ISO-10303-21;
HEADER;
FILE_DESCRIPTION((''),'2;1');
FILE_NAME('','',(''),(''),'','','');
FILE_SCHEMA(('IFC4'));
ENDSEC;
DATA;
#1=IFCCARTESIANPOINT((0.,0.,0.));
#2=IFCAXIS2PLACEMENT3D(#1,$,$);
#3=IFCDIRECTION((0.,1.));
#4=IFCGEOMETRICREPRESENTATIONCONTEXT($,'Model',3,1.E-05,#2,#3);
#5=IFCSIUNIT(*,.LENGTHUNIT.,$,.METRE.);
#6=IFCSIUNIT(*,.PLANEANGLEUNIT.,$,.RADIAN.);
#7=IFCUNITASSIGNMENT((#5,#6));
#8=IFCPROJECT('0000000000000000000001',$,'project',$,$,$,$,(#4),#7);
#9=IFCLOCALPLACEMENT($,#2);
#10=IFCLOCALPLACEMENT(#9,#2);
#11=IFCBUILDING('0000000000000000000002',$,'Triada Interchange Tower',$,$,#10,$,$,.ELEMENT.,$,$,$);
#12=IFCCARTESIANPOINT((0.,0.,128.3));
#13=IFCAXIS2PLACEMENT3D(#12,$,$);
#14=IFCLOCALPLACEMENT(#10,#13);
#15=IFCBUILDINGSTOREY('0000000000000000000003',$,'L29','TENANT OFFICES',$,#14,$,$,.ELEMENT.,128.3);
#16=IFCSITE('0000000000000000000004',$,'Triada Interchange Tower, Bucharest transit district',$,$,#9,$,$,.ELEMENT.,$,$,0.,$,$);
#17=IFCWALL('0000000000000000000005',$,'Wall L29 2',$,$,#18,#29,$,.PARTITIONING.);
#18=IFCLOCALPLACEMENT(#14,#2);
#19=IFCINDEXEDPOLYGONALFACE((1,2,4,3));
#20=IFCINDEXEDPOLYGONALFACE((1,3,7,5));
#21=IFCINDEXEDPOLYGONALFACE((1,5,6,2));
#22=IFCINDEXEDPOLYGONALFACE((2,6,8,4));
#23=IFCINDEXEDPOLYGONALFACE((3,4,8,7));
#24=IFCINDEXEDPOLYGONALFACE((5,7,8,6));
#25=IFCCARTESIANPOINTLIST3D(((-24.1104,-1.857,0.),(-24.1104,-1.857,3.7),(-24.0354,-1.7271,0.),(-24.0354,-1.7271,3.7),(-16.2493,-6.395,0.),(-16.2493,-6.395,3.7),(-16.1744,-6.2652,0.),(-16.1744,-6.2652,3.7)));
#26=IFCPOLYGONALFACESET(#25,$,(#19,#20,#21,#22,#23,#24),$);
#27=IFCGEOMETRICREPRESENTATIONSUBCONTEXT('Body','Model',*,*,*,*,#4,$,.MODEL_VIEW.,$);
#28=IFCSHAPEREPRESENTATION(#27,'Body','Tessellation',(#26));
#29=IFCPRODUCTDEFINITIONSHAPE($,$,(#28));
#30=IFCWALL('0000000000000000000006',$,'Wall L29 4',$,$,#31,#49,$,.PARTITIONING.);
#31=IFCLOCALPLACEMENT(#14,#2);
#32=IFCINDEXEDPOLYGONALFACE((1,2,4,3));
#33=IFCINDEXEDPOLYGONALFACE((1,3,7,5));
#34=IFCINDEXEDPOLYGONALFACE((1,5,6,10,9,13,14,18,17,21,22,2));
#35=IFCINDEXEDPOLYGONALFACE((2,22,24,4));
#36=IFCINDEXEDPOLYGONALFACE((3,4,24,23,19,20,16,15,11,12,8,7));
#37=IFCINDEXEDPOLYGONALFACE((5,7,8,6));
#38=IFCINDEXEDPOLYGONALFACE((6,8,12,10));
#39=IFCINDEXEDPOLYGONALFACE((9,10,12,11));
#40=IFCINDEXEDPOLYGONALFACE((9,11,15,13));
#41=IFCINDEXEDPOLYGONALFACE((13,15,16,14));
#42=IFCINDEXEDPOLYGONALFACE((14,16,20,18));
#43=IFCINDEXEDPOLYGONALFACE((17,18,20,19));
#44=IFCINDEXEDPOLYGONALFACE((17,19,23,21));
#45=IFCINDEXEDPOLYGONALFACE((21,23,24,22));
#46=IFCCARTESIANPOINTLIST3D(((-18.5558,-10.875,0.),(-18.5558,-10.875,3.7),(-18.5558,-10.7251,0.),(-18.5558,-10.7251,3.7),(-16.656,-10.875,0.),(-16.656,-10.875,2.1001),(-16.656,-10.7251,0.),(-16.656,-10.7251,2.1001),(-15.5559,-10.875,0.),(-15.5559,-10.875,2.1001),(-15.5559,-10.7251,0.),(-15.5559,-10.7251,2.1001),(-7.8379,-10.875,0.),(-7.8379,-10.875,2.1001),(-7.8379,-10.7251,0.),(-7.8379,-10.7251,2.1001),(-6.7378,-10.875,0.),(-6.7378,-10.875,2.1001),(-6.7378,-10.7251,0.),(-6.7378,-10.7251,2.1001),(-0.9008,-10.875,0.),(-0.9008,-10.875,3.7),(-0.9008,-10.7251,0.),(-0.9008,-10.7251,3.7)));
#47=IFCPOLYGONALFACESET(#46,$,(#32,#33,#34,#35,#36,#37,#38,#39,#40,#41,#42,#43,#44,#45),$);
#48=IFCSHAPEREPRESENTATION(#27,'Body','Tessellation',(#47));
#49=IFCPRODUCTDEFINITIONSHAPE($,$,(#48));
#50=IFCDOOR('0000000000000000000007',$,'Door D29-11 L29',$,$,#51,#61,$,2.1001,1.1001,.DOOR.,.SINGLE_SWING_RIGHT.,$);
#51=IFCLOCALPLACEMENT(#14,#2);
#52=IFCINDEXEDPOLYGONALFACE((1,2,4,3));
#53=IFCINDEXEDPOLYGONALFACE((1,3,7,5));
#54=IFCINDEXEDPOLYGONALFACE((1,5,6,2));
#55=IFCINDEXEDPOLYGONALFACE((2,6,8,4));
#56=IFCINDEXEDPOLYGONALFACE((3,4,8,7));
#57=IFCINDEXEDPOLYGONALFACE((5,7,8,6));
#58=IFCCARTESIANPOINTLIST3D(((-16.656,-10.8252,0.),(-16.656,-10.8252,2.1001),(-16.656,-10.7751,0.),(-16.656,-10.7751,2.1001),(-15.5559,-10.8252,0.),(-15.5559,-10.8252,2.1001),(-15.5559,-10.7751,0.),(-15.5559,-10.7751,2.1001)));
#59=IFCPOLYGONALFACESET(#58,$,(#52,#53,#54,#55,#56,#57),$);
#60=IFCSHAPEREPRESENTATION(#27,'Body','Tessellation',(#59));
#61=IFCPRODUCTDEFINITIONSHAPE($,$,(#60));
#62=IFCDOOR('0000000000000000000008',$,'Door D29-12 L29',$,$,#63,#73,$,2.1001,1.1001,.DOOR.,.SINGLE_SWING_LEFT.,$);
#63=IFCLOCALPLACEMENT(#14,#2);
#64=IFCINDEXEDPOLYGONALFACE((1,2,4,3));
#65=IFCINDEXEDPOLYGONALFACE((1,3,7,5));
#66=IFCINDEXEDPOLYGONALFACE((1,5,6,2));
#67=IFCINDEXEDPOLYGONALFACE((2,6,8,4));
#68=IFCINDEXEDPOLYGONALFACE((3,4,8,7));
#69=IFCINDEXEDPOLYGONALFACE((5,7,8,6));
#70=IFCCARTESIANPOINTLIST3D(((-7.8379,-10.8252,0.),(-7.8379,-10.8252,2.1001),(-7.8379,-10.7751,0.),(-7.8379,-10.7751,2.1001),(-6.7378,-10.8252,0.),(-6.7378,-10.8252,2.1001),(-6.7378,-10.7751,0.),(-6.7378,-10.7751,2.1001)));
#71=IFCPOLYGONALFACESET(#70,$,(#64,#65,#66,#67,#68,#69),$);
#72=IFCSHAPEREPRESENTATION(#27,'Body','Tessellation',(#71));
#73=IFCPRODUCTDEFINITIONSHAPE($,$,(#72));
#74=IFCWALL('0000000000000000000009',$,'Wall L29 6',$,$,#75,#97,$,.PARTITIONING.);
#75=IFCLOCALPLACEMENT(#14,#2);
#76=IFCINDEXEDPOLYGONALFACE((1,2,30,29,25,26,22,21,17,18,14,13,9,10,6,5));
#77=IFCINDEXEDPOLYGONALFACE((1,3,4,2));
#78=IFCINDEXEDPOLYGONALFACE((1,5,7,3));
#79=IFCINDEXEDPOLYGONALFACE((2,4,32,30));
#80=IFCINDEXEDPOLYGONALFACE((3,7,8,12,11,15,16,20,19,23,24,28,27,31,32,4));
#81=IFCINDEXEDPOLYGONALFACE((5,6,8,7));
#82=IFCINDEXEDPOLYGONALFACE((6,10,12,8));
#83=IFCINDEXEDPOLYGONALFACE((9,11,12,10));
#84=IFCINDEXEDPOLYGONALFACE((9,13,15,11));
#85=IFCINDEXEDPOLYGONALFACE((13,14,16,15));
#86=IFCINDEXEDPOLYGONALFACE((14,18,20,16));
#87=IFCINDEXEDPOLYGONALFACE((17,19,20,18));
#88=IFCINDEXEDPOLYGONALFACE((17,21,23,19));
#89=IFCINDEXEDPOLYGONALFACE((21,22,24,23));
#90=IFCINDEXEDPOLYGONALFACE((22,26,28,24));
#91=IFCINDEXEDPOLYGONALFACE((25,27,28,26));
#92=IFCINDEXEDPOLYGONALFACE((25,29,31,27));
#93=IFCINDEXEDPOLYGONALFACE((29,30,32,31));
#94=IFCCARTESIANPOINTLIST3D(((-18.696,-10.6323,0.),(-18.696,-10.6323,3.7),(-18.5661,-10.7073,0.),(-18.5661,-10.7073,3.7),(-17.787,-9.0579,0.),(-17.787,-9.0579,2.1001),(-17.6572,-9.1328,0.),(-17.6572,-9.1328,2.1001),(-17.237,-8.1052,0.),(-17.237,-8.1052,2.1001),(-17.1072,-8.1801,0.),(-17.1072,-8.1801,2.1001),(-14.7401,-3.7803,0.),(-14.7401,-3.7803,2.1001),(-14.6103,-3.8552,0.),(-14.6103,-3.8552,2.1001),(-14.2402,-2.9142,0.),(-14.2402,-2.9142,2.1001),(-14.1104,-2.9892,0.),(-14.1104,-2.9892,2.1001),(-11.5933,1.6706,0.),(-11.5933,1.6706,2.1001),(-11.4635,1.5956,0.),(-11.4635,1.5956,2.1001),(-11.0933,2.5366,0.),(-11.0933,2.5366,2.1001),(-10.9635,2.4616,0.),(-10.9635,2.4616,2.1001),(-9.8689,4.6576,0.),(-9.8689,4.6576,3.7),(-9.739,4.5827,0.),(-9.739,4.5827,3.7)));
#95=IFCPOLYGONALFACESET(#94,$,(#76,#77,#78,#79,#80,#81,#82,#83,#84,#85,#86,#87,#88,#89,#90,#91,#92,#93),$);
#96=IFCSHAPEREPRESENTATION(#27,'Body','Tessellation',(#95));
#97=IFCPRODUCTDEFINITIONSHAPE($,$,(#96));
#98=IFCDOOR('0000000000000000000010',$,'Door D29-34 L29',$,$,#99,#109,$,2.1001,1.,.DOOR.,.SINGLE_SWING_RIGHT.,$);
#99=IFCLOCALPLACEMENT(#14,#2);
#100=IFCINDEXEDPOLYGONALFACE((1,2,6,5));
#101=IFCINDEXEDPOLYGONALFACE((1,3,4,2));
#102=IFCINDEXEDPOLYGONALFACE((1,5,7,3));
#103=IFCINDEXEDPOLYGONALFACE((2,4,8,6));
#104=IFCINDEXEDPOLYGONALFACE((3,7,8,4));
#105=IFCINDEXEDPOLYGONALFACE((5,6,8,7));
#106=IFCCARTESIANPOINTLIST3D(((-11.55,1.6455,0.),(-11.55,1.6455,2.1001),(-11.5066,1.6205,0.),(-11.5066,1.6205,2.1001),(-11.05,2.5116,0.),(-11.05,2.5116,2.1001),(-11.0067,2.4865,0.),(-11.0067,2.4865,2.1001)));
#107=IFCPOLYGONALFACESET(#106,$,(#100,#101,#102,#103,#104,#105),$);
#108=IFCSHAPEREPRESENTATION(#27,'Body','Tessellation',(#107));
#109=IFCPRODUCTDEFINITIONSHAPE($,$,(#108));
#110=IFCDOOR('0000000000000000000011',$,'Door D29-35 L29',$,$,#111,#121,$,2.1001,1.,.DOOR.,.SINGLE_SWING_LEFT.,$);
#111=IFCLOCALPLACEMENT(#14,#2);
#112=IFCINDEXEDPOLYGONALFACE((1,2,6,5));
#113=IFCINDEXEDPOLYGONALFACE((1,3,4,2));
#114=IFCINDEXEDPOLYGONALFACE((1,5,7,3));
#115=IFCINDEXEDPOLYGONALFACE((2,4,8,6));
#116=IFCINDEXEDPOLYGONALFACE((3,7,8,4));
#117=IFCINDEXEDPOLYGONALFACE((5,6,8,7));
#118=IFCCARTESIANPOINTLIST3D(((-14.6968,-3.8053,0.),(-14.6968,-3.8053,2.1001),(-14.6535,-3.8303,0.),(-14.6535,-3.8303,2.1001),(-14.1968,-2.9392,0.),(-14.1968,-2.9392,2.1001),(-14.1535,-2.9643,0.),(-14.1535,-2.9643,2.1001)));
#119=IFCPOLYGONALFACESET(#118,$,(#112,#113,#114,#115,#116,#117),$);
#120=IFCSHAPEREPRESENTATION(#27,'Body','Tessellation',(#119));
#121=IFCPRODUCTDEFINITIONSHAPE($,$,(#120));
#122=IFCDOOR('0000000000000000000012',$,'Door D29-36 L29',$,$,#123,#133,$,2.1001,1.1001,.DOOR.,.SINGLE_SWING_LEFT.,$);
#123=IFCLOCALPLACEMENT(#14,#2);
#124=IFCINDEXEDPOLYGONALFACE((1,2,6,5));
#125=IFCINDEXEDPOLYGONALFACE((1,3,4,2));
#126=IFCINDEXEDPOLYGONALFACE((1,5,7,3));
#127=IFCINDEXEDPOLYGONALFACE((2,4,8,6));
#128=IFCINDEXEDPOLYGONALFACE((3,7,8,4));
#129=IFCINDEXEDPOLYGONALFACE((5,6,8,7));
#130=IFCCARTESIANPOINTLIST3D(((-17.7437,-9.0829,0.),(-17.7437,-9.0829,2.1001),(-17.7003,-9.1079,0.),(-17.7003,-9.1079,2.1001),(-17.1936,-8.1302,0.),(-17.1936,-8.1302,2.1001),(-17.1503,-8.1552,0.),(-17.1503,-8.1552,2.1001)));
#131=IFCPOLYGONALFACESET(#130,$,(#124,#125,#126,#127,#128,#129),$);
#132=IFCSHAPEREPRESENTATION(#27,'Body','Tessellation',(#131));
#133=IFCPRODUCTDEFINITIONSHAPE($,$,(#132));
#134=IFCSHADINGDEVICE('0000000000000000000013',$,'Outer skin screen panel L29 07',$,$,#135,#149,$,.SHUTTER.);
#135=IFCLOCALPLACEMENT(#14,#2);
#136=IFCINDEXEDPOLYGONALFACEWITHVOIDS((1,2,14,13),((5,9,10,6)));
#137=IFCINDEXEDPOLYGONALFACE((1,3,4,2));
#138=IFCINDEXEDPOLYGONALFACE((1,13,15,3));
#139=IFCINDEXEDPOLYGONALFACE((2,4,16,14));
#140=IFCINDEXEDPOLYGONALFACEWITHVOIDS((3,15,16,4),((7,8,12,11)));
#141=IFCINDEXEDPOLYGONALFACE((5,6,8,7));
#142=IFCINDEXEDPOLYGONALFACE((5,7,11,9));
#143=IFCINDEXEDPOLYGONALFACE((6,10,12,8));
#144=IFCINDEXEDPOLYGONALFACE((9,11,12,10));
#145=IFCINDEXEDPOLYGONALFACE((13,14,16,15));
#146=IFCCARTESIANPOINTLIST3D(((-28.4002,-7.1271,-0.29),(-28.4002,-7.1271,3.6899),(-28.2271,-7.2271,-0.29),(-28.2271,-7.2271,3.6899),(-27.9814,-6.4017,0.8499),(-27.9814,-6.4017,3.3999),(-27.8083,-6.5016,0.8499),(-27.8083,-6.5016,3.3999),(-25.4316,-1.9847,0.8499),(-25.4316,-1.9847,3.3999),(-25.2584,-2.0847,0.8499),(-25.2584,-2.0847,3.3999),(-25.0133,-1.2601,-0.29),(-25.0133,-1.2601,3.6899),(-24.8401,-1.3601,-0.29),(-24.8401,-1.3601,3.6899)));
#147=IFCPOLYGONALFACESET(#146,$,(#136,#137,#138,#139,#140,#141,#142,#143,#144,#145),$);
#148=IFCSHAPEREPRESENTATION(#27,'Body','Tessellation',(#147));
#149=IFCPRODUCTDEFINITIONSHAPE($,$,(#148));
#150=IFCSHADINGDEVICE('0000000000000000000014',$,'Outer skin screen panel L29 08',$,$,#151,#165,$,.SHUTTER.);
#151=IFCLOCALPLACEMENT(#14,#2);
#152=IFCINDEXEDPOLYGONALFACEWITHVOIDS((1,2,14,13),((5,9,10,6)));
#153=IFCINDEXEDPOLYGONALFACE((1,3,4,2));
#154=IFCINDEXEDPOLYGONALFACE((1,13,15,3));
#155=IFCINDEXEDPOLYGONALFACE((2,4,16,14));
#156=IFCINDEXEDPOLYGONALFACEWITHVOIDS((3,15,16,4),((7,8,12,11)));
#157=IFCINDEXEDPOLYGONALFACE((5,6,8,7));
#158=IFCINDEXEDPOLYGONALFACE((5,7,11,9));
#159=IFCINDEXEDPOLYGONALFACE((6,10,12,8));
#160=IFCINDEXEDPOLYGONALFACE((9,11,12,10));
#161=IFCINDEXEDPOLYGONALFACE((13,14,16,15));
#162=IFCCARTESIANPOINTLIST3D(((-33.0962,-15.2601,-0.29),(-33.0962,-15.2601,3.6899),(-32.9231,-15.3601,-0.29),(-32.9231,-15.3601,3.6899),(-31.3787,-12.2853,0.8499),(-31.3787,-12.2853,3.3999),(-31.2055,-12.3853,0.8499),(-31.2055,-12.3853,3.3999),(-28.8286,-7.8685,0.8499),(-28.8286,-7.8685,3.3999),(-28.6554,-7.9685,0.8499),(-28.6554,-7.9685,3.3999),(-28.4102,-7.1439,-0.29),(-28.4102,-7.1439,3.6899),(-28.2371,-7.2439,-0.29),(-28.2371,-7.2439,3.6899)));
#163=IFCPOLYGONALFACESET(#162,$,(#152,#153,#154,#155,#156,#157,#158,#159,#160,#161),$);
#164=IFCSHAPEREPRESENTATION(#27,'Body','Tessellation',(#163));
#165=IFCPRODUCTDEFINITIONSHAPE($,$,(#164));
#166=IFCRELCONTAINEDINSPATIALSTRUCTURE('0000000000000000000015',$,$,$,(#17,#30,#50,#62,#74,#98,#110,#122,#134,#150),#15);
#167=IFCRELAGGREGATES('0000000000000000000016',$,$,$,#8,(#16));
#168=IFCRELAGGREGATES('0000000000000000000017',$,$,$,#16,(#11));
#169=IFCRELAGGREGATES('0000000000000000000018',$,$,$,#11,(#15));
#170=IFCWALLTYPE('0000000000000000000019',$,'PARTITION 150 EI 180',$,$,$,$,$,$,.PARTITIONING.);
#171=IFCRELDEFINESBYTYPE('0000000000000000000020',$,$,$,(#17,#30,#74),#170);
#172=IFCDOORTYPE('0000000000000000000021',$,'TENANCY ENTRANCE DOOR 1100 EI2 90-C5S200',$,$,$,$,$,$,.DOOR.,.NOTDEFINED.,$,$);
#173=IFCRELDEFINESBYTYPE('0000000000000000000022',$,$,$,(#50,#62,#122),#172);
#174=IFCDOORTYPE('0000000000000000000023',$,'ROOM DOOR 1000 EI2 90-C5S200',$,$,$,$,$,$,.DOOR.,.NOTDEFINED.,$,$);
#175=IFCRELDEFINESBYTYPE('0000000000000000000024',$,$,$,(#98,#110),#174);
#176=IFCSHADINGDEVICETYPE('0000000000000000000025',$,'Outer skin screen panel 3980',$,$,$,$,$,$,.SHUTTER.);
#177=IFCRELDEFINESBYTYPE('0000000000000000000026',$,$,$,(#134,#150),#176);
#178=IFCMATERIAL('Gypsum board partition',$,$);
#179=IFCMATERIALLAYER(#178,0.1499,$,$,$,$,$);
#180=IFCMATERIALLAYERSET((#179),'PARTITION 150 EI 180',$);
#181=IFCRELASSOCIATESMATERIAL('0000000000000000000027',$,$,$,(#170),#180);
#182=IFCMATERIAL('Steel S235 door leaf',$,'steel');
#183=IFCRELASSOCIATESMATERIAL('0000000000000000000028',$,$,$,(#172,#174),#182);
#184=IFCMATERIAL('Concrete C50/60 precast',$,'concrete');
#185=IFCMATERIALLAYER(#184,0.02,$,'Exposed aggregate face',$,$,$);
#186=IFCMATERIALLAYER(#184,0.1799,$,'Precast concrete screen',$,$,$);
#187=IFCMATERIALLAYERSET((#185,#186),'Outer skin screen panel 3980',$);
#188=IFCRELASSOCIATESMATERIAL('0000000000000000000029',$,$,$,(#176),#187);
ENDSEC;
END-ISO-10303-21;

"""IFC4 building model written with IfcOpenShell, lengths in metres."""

from ifc_helpers import new_model, si_unit, direction, frame, frame_2d, origin, place, context, subcontext, project, spatial, polyline, rectangle, outline, extrude, material, layer, layer_set, type_object, element, fill, save


model = new_model("IFC4")

# Units and contexts
model_context = context("Model", 3, precision=1e-05, world=origin(), true_north=direction((0.0, 1.0)))
body_context = subcontext(model_context, "Body", "Model", "MODEL_VIEW")
ifc_project = project(units=[si_unit("LENGTHUNIT", "METRE"), si_unit("PLANEANGLEUNIT", "RADIAN")], contexts=[model_context])

# Site, building, storey
site_placement = place(None, origin())
site = spatial("IfcSite", under=ifc_project, at=site_placement, Name="Triada Interchange Tower, Bucharest transit district", CompositionType="ELEMENT", RefElevation=0.0)
building_placement = place(site_placement, origin())
building = spatial("IfcBuilding", under=site, at=building_placement, Name="Triada Interchange Tower", CompositionType="ELEMENT")
storey_placement = place(building_placement, frame((0.0, 0.0, 128.3)))
storey = spatial("IfcBuildingStorey", under=building, at=storey_placement, Name="L29", Description="TENANT OFFICES", CompositionType="ELEMENT", Elevation=128.3)

# Wall
ifc_material_1 = material(Name="Gypsum board partition")
ifc_layer_1 = layer(ifc_material_1, 0.1499)
ifc_layer_set_1 = layer_set([ifc_layer_1], Name="PARTITION 150 EI 180")
wall_type = type_object("IfcWallType", Name="PARTITION 150 EI 180", PredefinedType="PARTITIONING", material=ifc_layer_set_1)
wall_1_placement = place(storey_placement, frame((-24.073, -1.792, 0.0), z_axis=(0.0, 0.0, 1.0), x_axis=(0.86605, -0.499958, 0.0)))
element("IfcWall", 1, at=wall_1_placement, inside=storey, type_object=wall_type, Name="Wall L29 2", PredefinedType="PARTITIONING", context=body_context, shape_type="SweptSolid", body=[
    extrude(rectangle(XDim=9.0769, YDim=0.1499, at=frame_2d((4.5386, 0.0))), origin(), (0.0, 0.0, 1.0), 3.7),
])

# Walls, openings, doors
wall_2_placement = place(storey_placement, frame((-18.5559, -10.8, 0.0), z_axis=(0.0, 0.0, 1.0), x_axis=(1.0, 0.0, 0.0)))
wall_2 = element("IfcWall", 2, at=wall_2_placement, inside=storey, type_object=wall_type, Name="Wall L29 4", PredefinedType="PARTITIONING", context=body_context, shape_type="SweptSolid", body=[
    extrude(rectangle(XDim=17.655, YDim=0.1499, at=frame_2d((8.8276, 0.0))), origin(), (0.0, 0.0, 1.0), 3.7),
])
opening_1_placement = place(wall_2_placement, frame((1.8999, 0.0, 0.0)))
opening_1 = element("IfcOpeningElement", 3, at=opening_1_placement, cuts=wall_2, PredefinedType="OPENING", context=body_context, shape_type="SweptSolid", body=[
    extrude(rectangle(XDim=1.1001, YDim=2.1001, at=frame_2d((0.55, 1.05))), frame((0.0, 0.085, 0.0), z_axis=(0.0, -1.0, 0.0), x_axis=(1.0, 0.0, 0.0)), (0.0, 0.0, 1.0), 0.1699),
])
opening_2_placement = place(wall_2_placement, frame((10.718, 0.0, 0.0)))
opening_2 = element("IfcOpeningElement", 4, at=opening_2_placement, cuts=wall_2, PredefinedType="OPENING", context=body_context, shape_type="SweptSolid", body=[
    extrude(rectangle(XDim=1.1001, YDim=2.1001, at=frame_2d((0.55, 1.05))), frame((0.0, 0.085, 0.0), z_axis=(0.0, -1.0, 0.0), x_axis=(1.0, 0.0, 0.0)), (0.0, 0.0, 1.0), 0.1699),
])
ifc_material_2 = material(Name="Steel S235 door leaf", Category="steel")
door_type_1 = type_object("IfcDoorType", Name="TENANCY ENTRANCE DOOR 1100 EI2 90-C5S200", OperationType="NOTDEFINED", PredefinedType="DOOR", material=ifc_material_2)
door_1_placement = place(opening_1_placement, origin())
door_1 = element("IfcDoor", 5, at=door_1_placement, inside=storey, type_object=door_type_1, Name="Door D29-11 L29", OperationType="SINGLE_SWING_RIGHT", OverallHeight=2.1001, OverallWidth=1.1001, PredefinedType="DOOR", context=body_context, shape_type="SweptSolid", body=[
    extrude(rectangle(XDim=1.1001, YDim=2.1001, at=frame_2d((0.55, 1.05))), frame((0.0, 0.0249, 0.0), z_axis=(0.0, -1.0, 0.0), x_axis=(1.0, 0.0, 0.0)), (0.0, 0.0, 1.0), 0.05),
])
fill(opening_1, door_1)
door_2_placement = place(opening_2_placement, origin())
door_2 = element("IfcDoor", 6, at=door_2_placement, inside=storey, type_object=door_type_1, Name="Door D29-12 L29", OperationType="SINGLE_SWING_LEFT", OverallHeight=2.1001, OverallWidth=1.1001, PredefinedType="DOOR", context=body_context, shape_type="SweptSolid", body=[
    extrude(rectangle(XDim=1.1001, YDim=2.1001, at=frame_2d((0.55, 1.05))), frame((0.0, 0.0249, 0.0), z_axis=(0.0, -1.0, 0.0), x_axis=(1.0, 0.0, 0.0)), (0.0, 0.0, 1.0), 0.05),
])
fill(opening_2, door_2)
wall_3_placement = place(storey_placement, frame((-18.6311, -10.6699, 0.0), z_axis=(0.0, 0.0, 1.0), x_axis=(0.499976, 0.866039, 0.0)))
wall_3 = element("IfcWall", 7, at=wall_3_placement, inside=storey, type_object=wall_type, Name="Wall L29 6", PredefinedType="PARTITIONING", context=body_context, shape_type="SweptSolid", body=[
    extrude(rectangle(XDim=17.655, YDim=0.1499, at=frame_2d((8.8276, 0.0))), origin(), (0.0, 0.0, 1.0), 3.7),
])
opening_3_placement = place(wall_3_placement, frame((14.2061, 0.0, 0.0)))
opening_3 = element("IfcOpeningElement", 8, at=opening_3_placement, cuts=wall_3, PredefinedType="OPENING", context=body_context, shape_type="SweptSolid", body=[
    extrude(rectangle(XDim=1.0, YDim=2.1001, at=frame_2d((0.5, 1.05))), frame((0.0, 0.085, 0.0), z_axis=(0.0, -1.0, 0.0), x_axis=(1.0, 0.0, 0.0)), (0.0, 0.0, 1.0), 0.1699),
])
opening_4_placement = place(wall_3_placement, frame((7.9121, 0.0, 0.0)))
opening_4 = element("IfcOpeningElement", 9, at=opening_4_placement, cuts=wall_3, PredefinedType="OPENING", context=body_context, shape_type="SweptSolid", body=[
    extrude(rectangle(XDim=1.0, YDim=2.1001, at=frame_2d((0.5, 1.05))), frame((0.0, 0.085, 0.0), z_axis=(0.0, -1.0, 0.0), x_axis=(1.0, 0.0, 0.0)), (0.0, 0.0, 1.0), 0.1699),
])
opening_5_placement = place(wall_3_placement, frame((1.8181, 0.0, 0.0)))
opening_5 = element("IfcOpeningElement", 10, at=opening_5_placement, cuts=wall_3, PredefinedType="OPENING", context=body_context, shape_type="SweptSolid", body=[
    extrude(rectangle(XDim=1.1001, YDim=2.1001, at=frame_2d((0.55, 1.05))), frame((0.0, 0.085, 0.0), z_axis=(0.0, -1.0, 0.0), x_axis=(1.0, 0.0, 0.0)), (0.0, 0.0, 1.0), 0.1699),
])
door_type_2 = type_object("IfcDoorType", Name="ROOM DOOR 1000 EI2 90-C5S200", OperationType="NOTDEFINED", PredefinedType="DOOR", material=ifc_material_2)
door_3_placement = place(opening_3_placement, origin())
door_3 = element("IfcDoor", 11, at=door_3_placement, inside=storey, type_object=door_type_2, Name="Door D29-34 L29", OperationType="SINGLE_SWING_RIGHT", OverallHeight=2.1001, OverallWidth=1.0, PredefinedType="DOOR", context=body_context, shape_type="SweptSolid", body=[
    extrude(rectangle(XDim=1.0, YDim=2.1001, at=frame_2d((0.5, 1.05))), frame((0.0, 0.0249, 0.0), z_axis=(0.0, -1.0, 0.0), x_axis=(1.0, 0.0, 0.0)), (0.0, 0.0, 1.0), 0.05),
])
fill(opening_3, door_3)
door_4_placement = place(opening_4_placement, origin())
door_4 = element("IfcDoor", 12, at=door_4_placement, inside=storey, type_object=door_type_2, Name="Door D29-35 L29", OperationType="SINGLE_SWING_LEFT", OverallHeight=2.1001, OverallWidth=1.0, PredefinedType="DOOR", context=body_context, shape_type="SweptSolid", body=[
    extrude(rectangle(XDim=1.0, YDim=2.1001, at=frame_2d((0.5, 1.05))), frame((0.0, 0.0249, 0.0), z_axis=(0.0, -1.0, 0.0), x_axis=(1.0, 0.0, 0.0)), (0.0, 0.0, 1.0), 0.05),
])
fill(opening_4, door_4)
door_5_placement = place(opening_5_placement, origin())
door_5 = element("IfcDoor", 13, at=door_5_placement, inside=storey, type_object=door_type_1, Name="Door D29-36 L29", OperationType="SINGLE_SWING_LEFT", OverallHeight=2.1001, OverallWidth=1.1001, PredefinedType="DOOR", context=body_context, shape_type="SweptSolid", body=[
    extrude(rectangle(XDim=1.1001, YDim=2.1001, at=frame_2d((0.55, 1.05))), frame((0.0, 0.0249, 0.0), z_axis=(0.0, -1.0, 0.0), x_axis=(1.0, 0.0, 0.0)), (0.0, 0.0, 1.0), 0.05),
])
fill(opening_5, door_5)

# Shading devices
ifc_material_3 = material(Name="Concrete C50/60 precast", Category="concrete")
ifc_layer_2 = layer(ifc_material_3, 0.02, Name="Exposed aggregate face")
ifc_layer_3 = layer(ifc_material_3, 0.1799, Name="Precast concrete screen")
ifc_layer_set_2 = layer_set([ifc_layer_2, ifc_layer_3], Name="Outer skin screen panel 3980")
shading_device_type = type_object("IfcShadingDeviceType", Name="Outer skin screen panel 3980", PredefinedType="SHUTTER", material=ifc_layer_set_2)
shading_device_1_placement = place(storey_placement, frame((-24.8401, -1.3601, -0.29), z_axis=(0.0, 0.0, 1.0), x_axis=(-0.499965, -0.866046, 0.0)))
element("IfcShadingDevice", 14, at=shading_device_1_placement, inside=storey, type_object=shading_device_type, Name="Outer skin screen panel L29 07", PredefinedType="SHUTTER", context=body_context, shape_type="SweptSolid", body=[
    extrude(outline(polyline([(0.0, 0.0), (6.7744, 0.0), (6.7744, 3.98), (0.0, 3.98), (0.0, 0.0)]), holes=[polyline([(0.8367, 1.1399), (0.8367, 3.6899), (5.9368, 3.6899), (5.9368, 1.1399), (0.8367, 1.1399)])]), frame((0.0, 0.0, 0.0), z_axis=(0.0, -1.0, 0.0), x_axis=(1.0, 0.0, 0.0)), (0.0, 0.0, 1.0), 0.2),
])
shading_device_2_placement = place(storey_placement, frame((-28.2371, -7.2439, -0.29), z_axis=(0.0, 0.0, 1.0), x_axis=(-0.500011, -0.866019, 0.0)))
element("IfcShadingDevice", 15, at=shading_device_2_placement, inside=storey, type_object=shading_device_type, Name="Outer skin screen panel L29 08", PredefinedType="SHUTTER", context=body_context, shape_type="SweptSolid", body=[
    extrude(outline(polyline([(0.0, 0.0), (9.3718, 0.0), (9.3718, 3.98), (0.0, 3.98), (0.0, 0.0)]), holes=[polyline([(0.8367, 1.1399), (0.8367, 3.6899), (5.9368, 3.6899), (5.9368, 1.1399), (0.8367, 1.1399)])]), frame((0.0, 0.0, 0.0), z_axis=(0.0, -1.0, 0.0), x_axis=(1.0, 0.0, 0.0)), (0.0, 0.0, 1.0), 0.2),
])

save(model, "model.ifc")
